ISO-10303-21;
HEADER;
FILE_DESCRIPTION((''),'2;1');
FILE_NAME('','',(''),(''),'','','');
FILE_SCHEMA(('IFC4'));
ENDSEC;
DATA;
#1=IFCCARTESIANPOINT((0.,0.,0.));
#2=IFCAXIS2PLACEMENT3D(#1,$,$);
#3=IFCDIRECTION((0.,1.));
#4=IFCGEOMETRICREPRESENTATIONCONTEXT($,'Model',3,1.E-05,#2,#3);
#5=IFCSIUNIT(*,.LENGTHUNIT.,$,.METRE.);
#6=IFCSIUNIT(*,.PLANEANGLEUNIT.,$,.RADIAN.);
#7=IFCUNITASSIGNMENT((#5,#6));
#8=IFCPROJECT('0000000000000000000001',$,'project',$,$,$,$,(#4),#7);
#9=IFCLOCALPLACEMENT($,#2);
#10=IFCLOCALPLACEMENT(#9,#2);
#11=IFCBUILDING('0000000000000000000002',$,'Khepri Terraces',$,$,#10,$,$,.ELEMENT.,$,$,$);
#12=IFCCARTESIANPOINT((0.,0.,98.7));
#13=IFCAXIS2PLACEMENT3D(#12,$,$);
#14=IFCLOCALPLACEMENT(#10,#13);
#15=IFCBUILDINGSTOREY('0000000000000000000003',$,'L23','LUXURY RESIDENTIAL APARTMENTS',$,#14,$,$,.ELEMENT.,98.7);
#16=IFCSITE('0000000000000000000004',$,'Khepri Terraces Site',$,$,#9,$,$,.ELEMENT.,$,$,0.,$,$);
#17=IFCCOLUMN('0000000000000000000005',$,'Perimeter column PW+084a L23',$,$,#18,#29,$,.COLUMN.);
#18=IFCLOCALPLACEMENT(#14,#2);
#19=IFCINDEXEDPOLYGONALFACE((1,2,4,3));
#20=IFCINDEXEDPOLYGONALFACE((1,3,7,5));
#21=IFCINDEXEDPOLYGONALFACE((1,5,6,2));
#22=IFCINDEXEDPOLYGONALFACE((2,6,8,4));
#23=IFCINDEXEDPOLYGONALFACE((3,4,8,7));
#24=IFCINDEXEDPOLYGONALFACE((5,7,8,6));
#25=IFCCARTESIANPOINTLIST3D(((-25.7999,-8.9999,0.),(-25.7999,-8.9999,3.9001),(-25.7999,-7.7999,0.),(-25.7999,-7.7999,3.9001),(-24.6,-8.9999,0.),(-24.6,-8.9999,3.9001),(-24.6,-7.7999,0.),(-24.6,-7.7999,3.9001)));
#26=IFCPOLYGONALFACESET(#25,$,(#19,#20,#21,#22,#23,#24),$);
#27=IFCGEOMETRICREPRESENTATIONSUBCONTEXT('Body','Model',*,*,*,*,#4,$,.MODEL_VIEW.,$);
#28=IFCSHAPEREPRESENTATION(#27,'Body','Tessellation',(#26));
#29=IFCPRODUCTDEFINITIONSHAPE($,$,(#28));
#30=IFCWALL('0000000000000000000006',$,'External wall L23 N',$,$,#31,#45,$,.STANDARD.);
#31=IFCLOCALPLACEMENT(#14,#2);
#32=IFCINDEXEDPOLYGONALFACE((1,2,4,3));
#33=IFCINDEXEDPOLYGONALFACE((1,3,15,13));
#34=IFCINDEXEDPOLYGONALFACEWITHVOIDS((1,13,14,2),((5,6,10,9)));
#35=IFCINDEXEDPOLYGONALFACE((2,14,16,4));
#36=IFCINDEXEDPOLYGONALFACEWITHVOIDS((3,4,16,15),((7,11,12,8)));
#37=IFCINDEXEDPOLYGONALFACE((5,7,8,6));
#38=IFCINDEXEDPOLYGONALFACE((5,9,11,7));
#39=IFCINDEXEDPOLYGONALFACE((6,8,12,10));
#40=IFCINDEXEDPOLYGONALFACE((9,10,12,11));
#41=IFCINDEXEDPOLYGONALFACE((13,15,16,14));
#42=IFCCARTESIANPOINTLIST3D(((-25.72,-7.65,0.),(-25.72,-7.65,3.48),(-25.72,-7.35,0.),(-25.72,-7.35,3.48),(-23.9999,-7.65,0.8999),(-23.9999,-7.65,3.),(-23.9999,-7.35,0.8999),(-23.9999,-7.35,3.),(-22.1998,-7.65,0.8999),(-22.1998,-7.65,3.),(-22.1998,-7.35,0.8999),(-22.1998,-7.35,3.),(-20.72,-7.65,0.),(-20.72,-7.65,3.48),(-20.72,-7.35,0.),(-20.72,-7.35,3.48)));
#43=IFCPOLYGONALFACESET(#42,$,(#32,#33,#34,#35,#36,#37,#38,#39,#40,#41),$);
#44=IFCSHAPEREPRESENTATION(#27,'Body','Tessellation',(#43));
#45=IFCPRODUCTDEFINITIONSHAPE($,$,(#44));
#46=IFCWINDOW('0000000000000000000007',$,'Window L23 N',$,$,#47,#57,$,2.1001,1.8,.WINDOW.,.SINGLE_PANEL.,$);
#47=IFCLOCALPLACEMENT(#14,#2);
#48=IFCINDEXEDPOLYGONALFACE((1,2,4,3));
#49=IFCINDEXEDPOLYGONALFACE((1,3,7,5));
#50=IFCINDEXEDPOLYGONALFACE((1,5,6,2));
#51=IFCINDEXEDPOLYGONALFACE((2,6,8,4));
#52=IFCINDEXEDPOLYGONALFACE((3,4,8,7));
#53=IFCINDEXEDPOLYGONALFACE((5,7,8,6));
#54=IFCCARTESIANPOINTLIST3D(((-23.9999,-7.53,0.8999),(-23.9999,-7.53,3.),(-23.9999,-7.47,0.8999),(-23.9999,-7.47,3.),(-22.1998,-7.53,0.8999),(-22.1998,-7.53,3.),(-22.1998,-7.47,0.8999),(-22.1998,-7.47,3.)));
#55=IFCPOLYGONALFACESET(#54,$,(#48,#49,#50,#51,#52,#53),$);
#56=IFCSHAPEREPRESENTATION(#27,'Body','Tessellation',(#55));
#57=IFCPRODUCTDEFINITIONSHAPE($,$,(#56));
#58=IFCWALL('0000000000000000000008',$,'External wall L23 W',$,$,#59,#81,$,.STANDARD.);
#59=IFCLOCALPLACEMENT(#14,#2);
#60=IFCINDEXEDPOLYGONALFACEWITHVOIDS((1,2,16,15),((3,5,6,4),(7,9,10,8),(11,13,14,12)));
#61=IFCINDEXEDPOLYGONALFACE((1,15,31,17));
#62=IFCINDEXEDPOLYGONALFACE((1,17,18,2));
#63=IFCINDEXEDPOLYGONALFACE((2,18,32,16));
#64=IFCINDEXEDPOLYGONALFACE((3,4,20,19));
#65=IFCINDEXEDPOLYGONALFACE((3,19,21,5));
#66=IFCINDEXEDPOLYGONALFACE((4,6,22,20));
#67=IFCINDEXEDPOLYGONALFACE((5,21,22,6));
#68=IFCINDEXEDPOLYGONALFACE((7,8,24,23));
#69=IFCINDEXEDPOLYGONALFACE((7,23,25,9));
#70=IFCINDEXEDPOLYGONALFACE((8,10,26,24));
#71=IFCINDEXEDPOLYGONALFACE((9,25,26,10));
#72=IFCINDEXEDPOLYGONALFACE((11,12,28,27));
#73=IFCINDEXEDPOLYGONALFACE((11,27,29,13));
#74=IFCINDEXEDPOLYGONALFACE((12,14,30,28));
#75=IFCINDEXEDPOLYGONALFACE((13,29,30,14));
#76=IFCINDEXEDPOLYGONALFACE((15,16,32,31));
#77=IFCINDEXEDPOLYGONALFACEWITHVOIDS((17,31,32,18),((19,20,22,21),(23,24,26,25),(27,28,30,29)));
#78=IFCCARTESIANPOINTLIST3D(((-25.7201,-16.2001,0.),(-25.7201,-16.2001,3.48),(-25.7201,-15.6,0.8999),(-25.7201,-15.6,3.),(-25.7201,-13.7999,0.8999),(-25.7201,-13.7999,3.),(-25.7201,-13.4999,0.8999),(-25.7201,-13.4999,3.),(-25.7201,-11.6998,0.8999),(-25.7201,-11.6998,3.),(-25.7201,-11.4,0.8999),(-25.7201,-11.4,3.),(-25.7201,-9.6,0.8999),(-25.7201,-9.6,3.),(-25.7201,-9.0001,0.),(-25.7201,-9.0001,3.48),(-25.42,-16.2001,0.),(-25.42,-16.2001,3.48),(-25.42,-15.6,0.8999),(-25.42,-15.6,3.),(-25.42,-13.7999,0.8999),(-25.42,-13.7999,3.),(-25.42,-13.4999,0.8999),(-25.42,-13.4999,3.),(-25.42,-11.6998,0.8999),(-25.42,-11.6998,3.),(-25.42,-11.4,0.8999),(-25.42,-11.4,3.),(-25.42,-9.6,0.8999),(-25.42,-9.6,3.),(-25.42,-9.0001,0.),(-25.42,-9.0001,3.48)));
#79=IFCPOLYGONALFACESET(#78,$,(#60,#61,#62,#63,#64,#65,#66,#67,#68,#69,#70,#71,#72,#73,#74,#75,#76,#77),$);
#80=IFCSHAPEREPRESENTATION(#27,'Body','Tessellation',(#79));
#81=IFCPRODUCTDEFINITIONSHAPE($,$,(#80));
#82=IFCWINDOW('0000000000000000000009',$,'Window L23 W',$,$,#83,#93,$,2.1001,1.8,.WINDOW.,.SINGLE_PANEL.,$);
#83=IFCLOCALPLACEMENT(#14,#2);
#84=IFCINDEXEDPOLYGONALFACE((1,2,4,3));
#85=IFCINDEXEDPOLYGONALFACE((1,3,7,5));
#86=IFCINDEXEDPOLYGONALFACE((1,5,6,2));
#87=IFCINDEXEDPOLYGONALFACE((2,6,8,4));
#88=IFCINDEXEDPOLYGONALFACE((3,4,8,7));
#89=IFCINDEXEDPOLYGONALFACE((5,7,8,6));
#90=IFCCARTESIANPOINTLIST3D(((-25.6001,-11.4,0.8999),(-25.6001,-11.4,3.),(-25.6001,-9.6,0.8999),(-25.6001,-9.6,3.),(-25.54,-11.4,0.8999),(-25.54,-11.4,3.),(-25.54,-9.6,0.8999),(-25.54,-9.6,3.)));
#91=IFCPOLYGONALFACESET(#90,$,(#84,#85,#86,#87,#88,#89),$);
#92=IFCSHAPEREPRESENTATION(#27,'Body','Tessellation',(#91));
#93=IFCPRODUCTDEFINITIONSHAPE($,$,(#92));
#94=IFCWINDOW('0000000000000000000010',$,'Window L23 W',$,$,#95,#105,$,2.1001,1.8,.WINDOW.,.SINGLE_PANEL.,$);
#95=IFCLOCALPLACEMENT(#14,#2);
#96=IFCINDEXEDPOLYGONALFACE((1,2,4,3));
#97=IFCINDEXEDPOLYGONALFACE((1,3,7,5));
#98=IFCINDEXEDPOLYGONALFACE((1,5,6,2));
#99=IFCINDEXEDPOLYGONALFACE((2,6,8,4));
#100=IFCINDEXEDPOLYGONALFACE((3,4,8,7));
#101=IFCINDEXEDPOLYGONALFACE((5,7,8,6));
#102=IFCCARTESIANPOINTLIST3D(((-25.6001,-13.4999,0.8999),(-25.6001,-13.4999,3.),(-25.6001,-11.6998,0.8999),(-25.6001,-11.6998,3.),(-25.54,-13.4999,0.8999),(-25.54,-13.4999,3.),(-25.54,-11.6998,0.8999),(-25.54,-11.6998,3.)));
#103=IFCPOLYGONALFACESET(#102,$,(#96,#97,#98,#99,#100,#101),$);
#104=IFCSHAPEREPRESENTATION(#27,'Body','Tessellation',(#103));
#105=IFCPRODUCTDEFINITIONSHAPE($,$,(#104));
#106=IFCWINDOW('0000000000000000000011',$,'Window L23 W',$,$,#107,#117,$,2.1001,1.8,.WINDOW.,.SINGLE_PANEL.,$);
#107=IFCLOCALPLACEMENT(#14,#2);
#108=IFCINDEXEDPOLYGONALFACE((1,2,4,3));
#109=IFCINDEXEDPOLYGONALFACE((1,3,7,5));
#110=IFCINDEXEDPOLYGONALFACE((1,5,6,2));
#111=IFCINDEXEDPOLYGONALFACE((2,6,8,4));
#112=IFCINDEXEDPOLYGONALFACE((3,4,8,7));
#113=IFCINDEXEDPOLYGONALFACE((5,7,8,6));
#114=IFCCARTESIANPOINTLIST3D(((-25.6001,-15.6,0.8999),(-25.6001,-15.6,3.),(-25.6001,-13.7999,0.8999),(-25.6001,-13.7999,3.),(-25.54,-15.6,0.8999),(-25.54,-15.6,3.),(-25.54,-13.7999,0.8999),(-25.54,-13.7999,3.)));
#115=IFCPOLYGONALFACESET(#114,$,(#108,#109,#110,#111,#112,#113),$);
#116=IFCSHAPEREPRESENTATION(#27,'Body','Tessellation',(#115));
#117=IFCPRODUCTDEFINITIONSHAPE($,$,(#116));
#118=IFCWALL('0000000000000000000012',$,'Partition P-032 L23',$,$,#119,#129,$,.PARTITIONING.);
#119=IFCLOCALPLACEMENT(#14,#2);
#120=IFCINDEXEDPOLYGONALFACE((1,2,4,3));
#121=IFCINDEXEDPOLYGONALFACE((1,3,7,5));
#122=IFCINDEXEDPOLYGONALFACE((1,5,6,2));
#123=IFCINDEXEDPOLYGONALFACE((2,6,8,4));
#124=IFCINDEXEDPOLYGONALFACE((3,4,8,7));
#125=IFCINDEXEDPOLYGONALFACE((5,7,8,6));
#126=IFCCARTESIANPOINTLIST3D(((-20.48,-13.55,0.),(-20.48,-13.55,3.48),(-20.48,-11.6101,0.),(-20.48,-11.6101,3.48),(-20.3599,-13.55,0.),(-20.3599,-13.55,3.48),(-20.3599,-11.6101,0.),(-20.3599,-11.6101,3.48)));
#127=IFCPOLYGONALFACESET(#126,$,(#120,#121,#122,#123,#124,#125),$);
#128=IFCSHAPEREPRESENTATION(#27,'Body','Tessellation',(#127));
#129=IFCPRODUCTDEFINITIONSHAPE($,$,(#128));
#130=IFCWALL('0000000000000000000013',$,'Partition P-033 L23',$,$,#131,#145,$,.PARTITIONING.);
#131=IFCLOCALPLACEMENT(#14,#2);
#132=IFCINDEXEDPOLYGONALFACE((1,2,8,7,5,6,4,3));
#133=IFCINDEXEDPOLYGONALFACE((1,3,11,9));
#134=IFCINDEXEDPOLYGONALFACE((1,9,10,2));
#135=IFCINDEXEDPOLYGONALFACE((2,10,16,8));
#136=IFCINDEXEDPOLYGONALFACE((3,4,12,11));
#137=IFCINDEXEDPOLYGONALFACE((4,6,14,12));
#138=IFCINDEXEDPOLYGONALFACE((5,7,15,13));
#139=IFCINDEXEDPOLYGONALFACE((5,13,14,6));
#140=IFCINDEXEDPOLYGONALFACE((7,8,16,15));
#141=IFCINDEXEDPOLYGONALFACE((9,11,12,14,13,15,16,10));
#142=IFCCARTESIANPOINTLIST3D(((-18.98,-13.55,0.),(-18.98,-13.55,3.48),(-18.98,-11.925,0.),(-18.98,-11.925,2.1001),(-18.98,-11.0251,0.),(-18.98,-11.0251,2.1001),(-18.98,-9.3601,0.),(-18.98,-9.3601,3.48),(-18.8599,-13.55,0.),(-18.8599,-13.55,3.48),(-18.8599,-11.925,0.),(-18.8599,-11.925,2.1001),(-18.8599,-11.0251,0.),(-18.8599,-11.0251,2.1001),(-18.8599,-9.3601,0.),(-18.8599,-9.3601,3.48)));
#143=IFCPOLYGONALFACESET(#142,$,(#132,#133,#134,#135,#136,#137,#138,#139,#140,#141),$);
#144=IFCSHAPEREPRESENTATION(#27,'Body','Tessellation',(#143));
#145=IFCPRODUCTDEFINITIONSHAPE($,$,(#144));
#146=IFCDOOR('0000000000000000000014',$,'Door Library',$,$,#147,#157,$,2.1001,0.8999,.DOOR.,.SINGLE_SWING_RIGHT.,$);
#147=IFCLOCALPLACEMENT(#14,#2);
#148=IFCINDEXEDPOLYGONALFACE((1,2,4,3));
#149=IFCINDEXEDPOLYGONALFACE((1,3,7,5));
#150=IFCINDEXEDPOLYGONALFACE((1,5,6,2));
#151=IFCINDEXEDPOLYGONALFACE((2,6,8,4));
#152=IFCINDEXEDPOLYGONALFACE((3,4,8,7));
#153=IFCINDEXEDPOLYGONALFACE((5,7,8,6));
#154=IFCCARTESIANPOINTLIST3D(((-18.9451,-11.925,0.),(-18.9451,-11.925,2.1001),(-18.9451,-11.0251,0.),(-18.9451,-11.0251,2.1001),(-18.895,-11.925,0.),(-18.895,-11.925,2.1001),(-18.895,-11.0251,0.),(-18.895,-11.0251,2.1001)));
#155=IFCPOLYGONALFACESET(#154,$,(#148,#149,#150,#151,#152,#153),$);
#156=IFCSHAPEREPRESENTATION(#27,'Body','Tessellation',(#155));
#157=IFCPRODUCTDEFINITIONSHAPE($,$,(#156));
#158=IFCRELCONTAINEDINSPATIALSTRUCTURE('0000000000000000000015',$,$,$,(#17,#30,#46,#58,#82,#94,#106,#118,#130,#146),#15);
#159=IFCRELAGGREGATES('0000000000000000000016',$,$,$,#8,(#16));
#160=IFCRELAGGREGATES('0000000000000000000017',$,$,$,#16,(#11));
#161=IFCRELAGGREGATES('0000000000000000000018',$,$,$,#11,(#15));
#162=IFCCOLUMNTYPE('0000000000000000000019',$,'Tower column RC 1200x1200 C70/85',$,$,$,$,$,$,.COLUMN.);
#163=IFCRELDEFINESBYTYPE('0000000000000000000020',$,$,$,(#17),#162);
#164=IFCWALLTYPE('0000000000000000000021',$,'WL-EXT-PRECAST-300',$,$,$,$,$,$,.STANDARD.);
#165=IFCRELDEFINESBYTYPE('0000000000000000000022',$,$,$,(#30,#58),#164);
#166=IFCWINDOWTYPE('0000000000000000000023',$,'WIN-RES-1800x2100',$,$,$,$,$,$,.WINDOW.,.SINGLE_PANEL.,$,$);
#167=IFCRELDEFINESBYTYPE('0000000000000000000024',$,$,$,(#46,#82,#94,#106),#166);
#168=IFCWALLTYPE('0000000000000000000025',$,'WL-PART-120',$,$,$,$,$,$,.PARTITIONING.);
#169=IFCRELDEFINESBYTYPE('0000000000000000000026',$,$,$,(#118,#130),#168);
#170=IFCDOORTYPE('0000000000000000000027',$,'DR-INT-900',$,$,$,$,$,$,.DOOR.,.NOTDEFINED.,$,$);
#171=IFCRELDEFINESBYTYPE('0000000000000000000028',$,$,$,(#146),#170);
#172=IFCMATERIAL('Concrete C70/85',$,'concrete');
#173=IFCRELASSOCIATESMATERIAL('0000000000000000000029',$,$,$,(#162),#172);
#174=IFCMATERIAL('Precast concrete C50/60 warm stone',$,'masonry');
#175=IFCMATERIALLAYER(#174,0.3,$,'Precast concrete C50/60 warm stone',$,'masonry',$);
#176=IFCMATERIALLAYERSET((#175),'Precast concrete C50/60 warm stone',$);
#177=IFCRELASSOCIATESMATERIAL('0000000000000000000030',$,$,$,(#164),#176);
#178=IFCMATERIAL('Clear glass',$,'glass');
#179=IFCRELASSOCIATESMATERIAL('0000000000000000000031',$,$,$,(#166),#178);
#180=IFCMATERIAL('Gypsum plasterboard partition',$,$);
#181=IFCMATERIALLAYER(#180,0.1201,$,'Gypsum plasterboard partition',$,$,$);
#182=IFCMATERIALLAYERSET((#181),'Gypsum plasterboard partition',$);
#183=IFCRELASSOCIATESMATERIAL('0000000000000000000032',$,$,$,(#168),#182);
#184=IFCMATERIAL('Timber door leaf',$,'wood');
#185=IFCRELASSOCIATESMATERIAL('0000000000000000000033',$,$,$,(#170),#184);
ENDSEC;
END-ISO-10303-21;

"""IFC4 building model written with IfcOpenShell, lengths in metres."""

from ifc_helpers import new_model, si_unit, direction, frame, frame_2d, origin, origin_2d, place, context, subcontext, project, spatial, rectangle, extrude, material, layer, layer_set, material_profile, profile_set, type_object, element, fill, save


model = new_model("IFC4")

# Units and contexts
model_context = context("Model", 3, precision=1e-05, world=origin(), true_north=direction((0.0, 1.0)))
body_context = subcontext(model_context, "Body", "Model", "MODEL_VIEW")
ifc_project = project(units=[si_unit("LENGTHUNIT", "METRE"), si_unit("PLANEANGLEUNIT", "RADIAN")], contexts=[model_context])

# Site, building, storey
site_placement = place(None, origin())
site = spatial("IfcSite", under=ifc_project, at=site_placement, Name="Khepri Terraces Site", CompositionType="ELEMENT", RefElevation=0.0)
building_placement = place(site_placement, origin())
building = spatial("IfcBuilding", under=site, at=building_placement, Name="Khepri Terraces", CompositionType="ELEMENT")
storey_placement = place(building_placement, frame((0.0, 0.0, 98.7)))
storey = spatial("IfcBuildingStorey", under=building, at=storey_placement, Name="L23", Description="LUXURY RESIDENTIAL APARTMENTS", CompositionType="ELEMENT", Elevation=98.7)

# Column
ifc_material_1 = material(Name="Concrete C70/85", Category="concrete")
ifc_material_profile = material_profile(ifc_material_1, rectangle(XDim=1.2, YDim=1.2, at=origin_2d()), Name="Concrete C70/85", Category="concrete")
ifc_profile_set = profile_set([ifc_material_profile], Name="Concrete C70/85")
column_type = type_object("IfcColumnType", Name="Tower column RC 1200x1200 C70/85", PredefinedType="COLUMN", material=ifc_profile_set)
column_placement = place(storey_placement, frame((-25.2, -8.3999, 0.0), z_axis=(0.0, 0.0, 1.0), x_axis=(1.0, 0.0, 0.0)))
element("IfcColumn", 1, at=column_placement, inside=storey, type_object=column_type, Name="Perimeter column PW+084a L23", PredefinedType="COLUMN", context=body_context, shape_type="SweptSolid", body=[
    extrude(rectangle(XDim=1.2, YDim=1.2, at=origin_2d()), origin(), (0.0, 0.0, 1.0), 3.9001),
])

# Wall, opening, window
ifc_material_2 = material(Name="Precast concrete C50/60 warm stone", Category="masonry")
ifc_layer_1 = layer(ifc_material_2, 0.3, Name="Precast concrete C50/60 warm stone", Category="masonry")
ifc_layer_set_1 = layer_set([ifc_layer_1], Name="Precast concrete C50/60 warm stone")
wall_type_1 = type_object("IfcWallType", Name="WL-EXT-PRECAST-300", PredefinedType="STANDARD", material=ifc_layer_set_1)
wall_1_placement = place(storey_placement, frame((-20.72, -7.5, 0.0), z_axis=(0.0, 0.0, 1.0), x_axis=(-1.0, 0.0, 0.0)))
wall_1 = element("IfcWall", 2, at=wall_1_placement, inside=storey, type_object=wall_type_1, Name="External wall L23 N", PredefinedType="STANDARD", context=body_context, shape_type="SweptSolid", body=[
    extrude(rectangle(XDim=5.0, YDim=0.3, at=frame_2d((2.5, 0.0))), origin(), (0.0, 0.0, 1.0), 3.48),
])
opening_1_placement = place(wall_1_placement, frame((1.48, 0.0, 0.8999)))
opening_1 = element("IfcOpeningElement", 3, at=opening_1_placement, cuts=wall_1, PredefinedType="OPENING", context=body_context, shape_type="SweptSolid", body=[
    extrude(rectangle(XDim=1.8, YDim=2.1001, at=frame_2d((0.8999, 1.05))), frame((0.0, 0.1602, 0.0), z_axis=(0.0, -1.0, 0.0), x_axis=(1.0, 0.0, 0.0)), (0.0, 0.0, 1.0), 0.3201),
])
ifc_material_3 = material(Name="Clear glass", Category="glass")
window_type = type_object("IfcWindowType", Name="WIN-RES-1800x2100", PartitioningType="SINGLE_PANEL", PredefinedType="WINDOW", material=ifc_material_3)
window_1_placement = place(opening_1_placement, origin())
window_1 = element("IfcWindow", 4, at=window_1_placement, inside=storey, type_object=window_type, Name="Window L23 N", OverallHeight=2.1001, OverallWidth=1.8, PartitioningType="SINGLE_PANEL", PredefinedType="WINDOW", context=body_context, shape_type="SweptSolid", body=[
    extrude(rectangle(XDim=1.8, YDim=2.1001, at=frame_2d((0.8999, 1.05))), frame((0.0, 0.03, 0.0), z_axis=(0.0, -1.0, 0.0), x_axis=(1.0, 0.0, 0.0)), (0.0, 0.0, 1.0), 0.0601),
])
fill(opening_1, window_1)

# Wall, openings, windows
wall_2_placement = place(storey_placement, frame((-25.5701, -9.0, 0.0), z_axis=(0.0, 0.0, 1.0), x_axis=(0.0, -1.0, 0.0)))
wall_2 = element("IfcWall", 5, at=wall_2_placement, inside=storey, type_object=wall_type_1, Name="External wall L23 W", PredefinedType="STANDARD", context=body_context, shape_type="SweptSolid", body=[
    extrude(rectangle(XDim=7.2, YDim=0.3, at=frame_2d((3.6001, 0.0))), origin(), (0.0, 0.0, 1.0), 3.48),
])
opening_2_placement = place(wall_2_placement, frame((0.6001, 0.0, 0.8999)))
opening_2 = element("IfcOpeningElement", 6, at=opening_2_placement, cuts=wall_2, PredefinedType="OPENING", context=body_context, shape_type="SweptSolid", body=[
    extrude(rectangle(XDim=1.8, YDim=2.1001, at=frame_2d((0.8999, 1.05))), frame((0.0, 0.1602, 0.0), z_axis=(0.0, -1.0, 0.0), x_axis=(1.0, 0.0, 0.0)), (0.0, 0.0, 1.0), 0.3201),
])
opening_3_placement = place(wall_2_placement, frame((2.7, 0.0, 0.8999)))
opening_3 = element("IfcOpeningElement", 7, at=opening_3_placement, cuts=wall_2, PredefinedType="OPENING", context=body_context, shape_type="SweptSolid", body=[
    extrude(rectangle(XDim=1.8, YDim=2.1001, at=frame_2d((0.8999, 1.05))), frame((0.0, 0.1602, 0.0), z_axis=(0.0, -1.0, 0.0), x_axis=(1.0, 0.0, 0.0)), (0.0, 0.0, 1.0), 0.3201),
])
opening_4_placement = place(wall_2_placement, frame((4.8, 0.0, 0.8999)))
opening_4 = element("IfcOpeningElement", 8, at=opening_4_placement, cuts=wall_2, PredefinedType="OPENING", context=body_context, shape_type="SweptSolid", body=[
    extrude(rectangle(XDim=1.8, YDim=2.1001, at=frame_2d((0.8999, 1.05))), frame((0.0, 0.1602, 0.0), z_axis=(0.0, -1.0, 0.0), x_axis=(1.0, 0.0, 0.0)), (0.0, 0.0, 1.0), 0.3201),
])
window_2_placement = place(opening_2_placement, origin())
window_2 = element("IfcWindow", 9, at=window_2_placement, inside=storey, type_object=window_type, Name="Window L23 W", OverallHeight=2.1001, OverallWidth=1.8, PartitioningType="SINGLE_PANEL", PredefinedType="WINDOW", context=body_context, shape_type="SweptSolid", body=[
    extrude(rectangle(XDim=1.8, YDim=2.1001, at=frame_2d((0.8999, 1.05))), frame((0.0, 0.03, 0.0), z_axis=(0.0, -1.0, 0.0), x_axis=(1.0, 0.0, 0.0)), (0.0, 0.0, 1.0), 0.0601),
])
fill(opening_2, window_2)
window_3_placement = place(opening_3_placement, origin())
window_3 = element("IfcWindow", 10, at=window_3_placement, inside=storey, type_object=window_type, Name="Window L23 W", OverallHeight=2.1001, OverallWidth=1.8, PartitioningType="SINGLE_PANEL", PredefinedType="WINDOW", context=body_context, shape_type="SweptSolid", body=[
    extrude(rectangle(XDim=1.8, YDim=2.1001, at=frame_2d((0.8999, 1.05))), frame((0.0, 0.03, 0.0), z_axis=(0.0, -1.0, 0.0), x_axis=(1.0, 0.0, 0.0)), (0.0, 0.0, 1.0), 0.0601),
])
fill(opening_3, window_3)
window_4_placement = place(opening_4_placement, origin())
window_4 = element("IfcWindow", 11, at=window_4_placement, inside=storey, type_object=window_type, Name="Window L23 W", OverallHeight=2.1001, OverallWidth=1.8, PartitioningType="SINGLE_PANEL", PredefinedType="WINDOW", context=body_context, shape_type="SweptSolid", body=[
    extrude(rectangle(XDim=1.8, YDim=2.1001, at=frame_2d((0.8999, 1.05))), frame((0.0, 0.03, 0.0), z_axis=(0.0, -1.0, 0.0), x_axis=(1.0, 0.0, 0.0)), (0.0, 0.0, 1.0), 0.0601),
])
fill(opening_4, window_4)

# Wall
ifc_material_4 = material(Name="Gypsum plasterboard partition")
ifc_layer_2 = layer(ifc_material_4, 0.1201, Name="Gypsum plasterboard partition")
ifc_layer_set_2 = layer_set([ifc_layer_2], Name="Gypsum plasterboard partition")
wall_type_2 = type_object("IfcWallType", Name="WL-PART-120", PredefinedType="PARTITIONING", material=ifc_layer_set_2)
wall_3_placement = place(storey_placement, frame((-20.4199, -13.55, 0.0), z_axis=(0.0, 0.0, 1.0), x_axis=(0.0, 1.0, 0.0)))
element("IfcWall", 12, at=wall_3_placement, inside=storey, type_object=wall_type_2, Name="Partition P-032 L23", PredefinedType="PARTITIONING", context=body_context, shape_type="SweptSolid", body=[
    extrude(rectangle(XDim=1.9399, YDim=0.1201, at=frame_2d((0.97, 0.0))), origin(), (0.0, 0.0, 1.0), 3.48),
])

# Wall, opening, door
wall_4_placement = place(storey_placement, frame((-18.9199, -13.55, 0.0), z_axis=(0.0, 0.0, 1.0), x_axis=(0.0, 1.0, 0.0)))
wall_4 = element("IfcWall", 13, at=wall_4_placement, inside=storey, type_object=wall_type_2, Name="Partition P-033 L23", PredefinedType="PARTITIONING", context=body_context, shape_type="SweptSolid", body=[
    extrude(rectangle(XDim=4.1899, YDim=0.1201, at=frame_2d((2.095, 0.0))), origin(), (0.0, 0.0, 1.0), 3.48),
])
opening_5_placement = place(wall_4_placement, frame((1.625, 0.0, 0.0)))
opening_5 = element("IfcOpeningElement", 14, at=opening_5_placement, cuts=wall_4, PredefinedType="OPENING", context=body_context, shape_type="SweptSolid", body=[
    extrude(rectangle(XDim=0.8999, YDim=2.1001, at=frame_2d((0.45, 1.05))), frame((0.0, 0.0701, 0.0), z_axis=(0.0, -1.0, 0.0), x_axis=(1.0, 0.0, 0.0)), (0.0, 0.0, 1.0), 0.1401),
])
ifc_material_5 = material(Name="Timber door leaf", Category="wood")
door_type_1 = type_object("IfcDoorType", Name="DR-INT-900", OperationType="NOTDEFINED", PredefinedType="DOOR", material=ifc_material_5)
door_1_placement = place(opening_5_placement, frame((0.8999, 0.0, 0.0), z_axis=(0.0, 0.0, 1.0), x_axis=(-1.0, 0.0, 0.0)))
door_1 = element("IfcDoor", 15, at=door_1_placement, inside=storey, type_object=door_type_1, Name="Door Library", OperationType="SINGLE_SWING_RIGHT", OverallHeight=2.1001, OverallWidth=0.8999, PredefinedType="DOOR", context=body_context, shape_type="SweptSolid", body=[
    extrude(rectangle(XDim=0.8999, YDim=2.1001, at=frame_2d((0.45, 1.05))), frame((0.0, 0.0249, 0.0), z_axis=(0.0, -1.0, 0.0), x_axis=(1.0, 0.0, 0.0)), (0.0, 0.0, 1.0), 0.05),
])
fill(opening_5, door_1)

save(model, "model.ifc")
